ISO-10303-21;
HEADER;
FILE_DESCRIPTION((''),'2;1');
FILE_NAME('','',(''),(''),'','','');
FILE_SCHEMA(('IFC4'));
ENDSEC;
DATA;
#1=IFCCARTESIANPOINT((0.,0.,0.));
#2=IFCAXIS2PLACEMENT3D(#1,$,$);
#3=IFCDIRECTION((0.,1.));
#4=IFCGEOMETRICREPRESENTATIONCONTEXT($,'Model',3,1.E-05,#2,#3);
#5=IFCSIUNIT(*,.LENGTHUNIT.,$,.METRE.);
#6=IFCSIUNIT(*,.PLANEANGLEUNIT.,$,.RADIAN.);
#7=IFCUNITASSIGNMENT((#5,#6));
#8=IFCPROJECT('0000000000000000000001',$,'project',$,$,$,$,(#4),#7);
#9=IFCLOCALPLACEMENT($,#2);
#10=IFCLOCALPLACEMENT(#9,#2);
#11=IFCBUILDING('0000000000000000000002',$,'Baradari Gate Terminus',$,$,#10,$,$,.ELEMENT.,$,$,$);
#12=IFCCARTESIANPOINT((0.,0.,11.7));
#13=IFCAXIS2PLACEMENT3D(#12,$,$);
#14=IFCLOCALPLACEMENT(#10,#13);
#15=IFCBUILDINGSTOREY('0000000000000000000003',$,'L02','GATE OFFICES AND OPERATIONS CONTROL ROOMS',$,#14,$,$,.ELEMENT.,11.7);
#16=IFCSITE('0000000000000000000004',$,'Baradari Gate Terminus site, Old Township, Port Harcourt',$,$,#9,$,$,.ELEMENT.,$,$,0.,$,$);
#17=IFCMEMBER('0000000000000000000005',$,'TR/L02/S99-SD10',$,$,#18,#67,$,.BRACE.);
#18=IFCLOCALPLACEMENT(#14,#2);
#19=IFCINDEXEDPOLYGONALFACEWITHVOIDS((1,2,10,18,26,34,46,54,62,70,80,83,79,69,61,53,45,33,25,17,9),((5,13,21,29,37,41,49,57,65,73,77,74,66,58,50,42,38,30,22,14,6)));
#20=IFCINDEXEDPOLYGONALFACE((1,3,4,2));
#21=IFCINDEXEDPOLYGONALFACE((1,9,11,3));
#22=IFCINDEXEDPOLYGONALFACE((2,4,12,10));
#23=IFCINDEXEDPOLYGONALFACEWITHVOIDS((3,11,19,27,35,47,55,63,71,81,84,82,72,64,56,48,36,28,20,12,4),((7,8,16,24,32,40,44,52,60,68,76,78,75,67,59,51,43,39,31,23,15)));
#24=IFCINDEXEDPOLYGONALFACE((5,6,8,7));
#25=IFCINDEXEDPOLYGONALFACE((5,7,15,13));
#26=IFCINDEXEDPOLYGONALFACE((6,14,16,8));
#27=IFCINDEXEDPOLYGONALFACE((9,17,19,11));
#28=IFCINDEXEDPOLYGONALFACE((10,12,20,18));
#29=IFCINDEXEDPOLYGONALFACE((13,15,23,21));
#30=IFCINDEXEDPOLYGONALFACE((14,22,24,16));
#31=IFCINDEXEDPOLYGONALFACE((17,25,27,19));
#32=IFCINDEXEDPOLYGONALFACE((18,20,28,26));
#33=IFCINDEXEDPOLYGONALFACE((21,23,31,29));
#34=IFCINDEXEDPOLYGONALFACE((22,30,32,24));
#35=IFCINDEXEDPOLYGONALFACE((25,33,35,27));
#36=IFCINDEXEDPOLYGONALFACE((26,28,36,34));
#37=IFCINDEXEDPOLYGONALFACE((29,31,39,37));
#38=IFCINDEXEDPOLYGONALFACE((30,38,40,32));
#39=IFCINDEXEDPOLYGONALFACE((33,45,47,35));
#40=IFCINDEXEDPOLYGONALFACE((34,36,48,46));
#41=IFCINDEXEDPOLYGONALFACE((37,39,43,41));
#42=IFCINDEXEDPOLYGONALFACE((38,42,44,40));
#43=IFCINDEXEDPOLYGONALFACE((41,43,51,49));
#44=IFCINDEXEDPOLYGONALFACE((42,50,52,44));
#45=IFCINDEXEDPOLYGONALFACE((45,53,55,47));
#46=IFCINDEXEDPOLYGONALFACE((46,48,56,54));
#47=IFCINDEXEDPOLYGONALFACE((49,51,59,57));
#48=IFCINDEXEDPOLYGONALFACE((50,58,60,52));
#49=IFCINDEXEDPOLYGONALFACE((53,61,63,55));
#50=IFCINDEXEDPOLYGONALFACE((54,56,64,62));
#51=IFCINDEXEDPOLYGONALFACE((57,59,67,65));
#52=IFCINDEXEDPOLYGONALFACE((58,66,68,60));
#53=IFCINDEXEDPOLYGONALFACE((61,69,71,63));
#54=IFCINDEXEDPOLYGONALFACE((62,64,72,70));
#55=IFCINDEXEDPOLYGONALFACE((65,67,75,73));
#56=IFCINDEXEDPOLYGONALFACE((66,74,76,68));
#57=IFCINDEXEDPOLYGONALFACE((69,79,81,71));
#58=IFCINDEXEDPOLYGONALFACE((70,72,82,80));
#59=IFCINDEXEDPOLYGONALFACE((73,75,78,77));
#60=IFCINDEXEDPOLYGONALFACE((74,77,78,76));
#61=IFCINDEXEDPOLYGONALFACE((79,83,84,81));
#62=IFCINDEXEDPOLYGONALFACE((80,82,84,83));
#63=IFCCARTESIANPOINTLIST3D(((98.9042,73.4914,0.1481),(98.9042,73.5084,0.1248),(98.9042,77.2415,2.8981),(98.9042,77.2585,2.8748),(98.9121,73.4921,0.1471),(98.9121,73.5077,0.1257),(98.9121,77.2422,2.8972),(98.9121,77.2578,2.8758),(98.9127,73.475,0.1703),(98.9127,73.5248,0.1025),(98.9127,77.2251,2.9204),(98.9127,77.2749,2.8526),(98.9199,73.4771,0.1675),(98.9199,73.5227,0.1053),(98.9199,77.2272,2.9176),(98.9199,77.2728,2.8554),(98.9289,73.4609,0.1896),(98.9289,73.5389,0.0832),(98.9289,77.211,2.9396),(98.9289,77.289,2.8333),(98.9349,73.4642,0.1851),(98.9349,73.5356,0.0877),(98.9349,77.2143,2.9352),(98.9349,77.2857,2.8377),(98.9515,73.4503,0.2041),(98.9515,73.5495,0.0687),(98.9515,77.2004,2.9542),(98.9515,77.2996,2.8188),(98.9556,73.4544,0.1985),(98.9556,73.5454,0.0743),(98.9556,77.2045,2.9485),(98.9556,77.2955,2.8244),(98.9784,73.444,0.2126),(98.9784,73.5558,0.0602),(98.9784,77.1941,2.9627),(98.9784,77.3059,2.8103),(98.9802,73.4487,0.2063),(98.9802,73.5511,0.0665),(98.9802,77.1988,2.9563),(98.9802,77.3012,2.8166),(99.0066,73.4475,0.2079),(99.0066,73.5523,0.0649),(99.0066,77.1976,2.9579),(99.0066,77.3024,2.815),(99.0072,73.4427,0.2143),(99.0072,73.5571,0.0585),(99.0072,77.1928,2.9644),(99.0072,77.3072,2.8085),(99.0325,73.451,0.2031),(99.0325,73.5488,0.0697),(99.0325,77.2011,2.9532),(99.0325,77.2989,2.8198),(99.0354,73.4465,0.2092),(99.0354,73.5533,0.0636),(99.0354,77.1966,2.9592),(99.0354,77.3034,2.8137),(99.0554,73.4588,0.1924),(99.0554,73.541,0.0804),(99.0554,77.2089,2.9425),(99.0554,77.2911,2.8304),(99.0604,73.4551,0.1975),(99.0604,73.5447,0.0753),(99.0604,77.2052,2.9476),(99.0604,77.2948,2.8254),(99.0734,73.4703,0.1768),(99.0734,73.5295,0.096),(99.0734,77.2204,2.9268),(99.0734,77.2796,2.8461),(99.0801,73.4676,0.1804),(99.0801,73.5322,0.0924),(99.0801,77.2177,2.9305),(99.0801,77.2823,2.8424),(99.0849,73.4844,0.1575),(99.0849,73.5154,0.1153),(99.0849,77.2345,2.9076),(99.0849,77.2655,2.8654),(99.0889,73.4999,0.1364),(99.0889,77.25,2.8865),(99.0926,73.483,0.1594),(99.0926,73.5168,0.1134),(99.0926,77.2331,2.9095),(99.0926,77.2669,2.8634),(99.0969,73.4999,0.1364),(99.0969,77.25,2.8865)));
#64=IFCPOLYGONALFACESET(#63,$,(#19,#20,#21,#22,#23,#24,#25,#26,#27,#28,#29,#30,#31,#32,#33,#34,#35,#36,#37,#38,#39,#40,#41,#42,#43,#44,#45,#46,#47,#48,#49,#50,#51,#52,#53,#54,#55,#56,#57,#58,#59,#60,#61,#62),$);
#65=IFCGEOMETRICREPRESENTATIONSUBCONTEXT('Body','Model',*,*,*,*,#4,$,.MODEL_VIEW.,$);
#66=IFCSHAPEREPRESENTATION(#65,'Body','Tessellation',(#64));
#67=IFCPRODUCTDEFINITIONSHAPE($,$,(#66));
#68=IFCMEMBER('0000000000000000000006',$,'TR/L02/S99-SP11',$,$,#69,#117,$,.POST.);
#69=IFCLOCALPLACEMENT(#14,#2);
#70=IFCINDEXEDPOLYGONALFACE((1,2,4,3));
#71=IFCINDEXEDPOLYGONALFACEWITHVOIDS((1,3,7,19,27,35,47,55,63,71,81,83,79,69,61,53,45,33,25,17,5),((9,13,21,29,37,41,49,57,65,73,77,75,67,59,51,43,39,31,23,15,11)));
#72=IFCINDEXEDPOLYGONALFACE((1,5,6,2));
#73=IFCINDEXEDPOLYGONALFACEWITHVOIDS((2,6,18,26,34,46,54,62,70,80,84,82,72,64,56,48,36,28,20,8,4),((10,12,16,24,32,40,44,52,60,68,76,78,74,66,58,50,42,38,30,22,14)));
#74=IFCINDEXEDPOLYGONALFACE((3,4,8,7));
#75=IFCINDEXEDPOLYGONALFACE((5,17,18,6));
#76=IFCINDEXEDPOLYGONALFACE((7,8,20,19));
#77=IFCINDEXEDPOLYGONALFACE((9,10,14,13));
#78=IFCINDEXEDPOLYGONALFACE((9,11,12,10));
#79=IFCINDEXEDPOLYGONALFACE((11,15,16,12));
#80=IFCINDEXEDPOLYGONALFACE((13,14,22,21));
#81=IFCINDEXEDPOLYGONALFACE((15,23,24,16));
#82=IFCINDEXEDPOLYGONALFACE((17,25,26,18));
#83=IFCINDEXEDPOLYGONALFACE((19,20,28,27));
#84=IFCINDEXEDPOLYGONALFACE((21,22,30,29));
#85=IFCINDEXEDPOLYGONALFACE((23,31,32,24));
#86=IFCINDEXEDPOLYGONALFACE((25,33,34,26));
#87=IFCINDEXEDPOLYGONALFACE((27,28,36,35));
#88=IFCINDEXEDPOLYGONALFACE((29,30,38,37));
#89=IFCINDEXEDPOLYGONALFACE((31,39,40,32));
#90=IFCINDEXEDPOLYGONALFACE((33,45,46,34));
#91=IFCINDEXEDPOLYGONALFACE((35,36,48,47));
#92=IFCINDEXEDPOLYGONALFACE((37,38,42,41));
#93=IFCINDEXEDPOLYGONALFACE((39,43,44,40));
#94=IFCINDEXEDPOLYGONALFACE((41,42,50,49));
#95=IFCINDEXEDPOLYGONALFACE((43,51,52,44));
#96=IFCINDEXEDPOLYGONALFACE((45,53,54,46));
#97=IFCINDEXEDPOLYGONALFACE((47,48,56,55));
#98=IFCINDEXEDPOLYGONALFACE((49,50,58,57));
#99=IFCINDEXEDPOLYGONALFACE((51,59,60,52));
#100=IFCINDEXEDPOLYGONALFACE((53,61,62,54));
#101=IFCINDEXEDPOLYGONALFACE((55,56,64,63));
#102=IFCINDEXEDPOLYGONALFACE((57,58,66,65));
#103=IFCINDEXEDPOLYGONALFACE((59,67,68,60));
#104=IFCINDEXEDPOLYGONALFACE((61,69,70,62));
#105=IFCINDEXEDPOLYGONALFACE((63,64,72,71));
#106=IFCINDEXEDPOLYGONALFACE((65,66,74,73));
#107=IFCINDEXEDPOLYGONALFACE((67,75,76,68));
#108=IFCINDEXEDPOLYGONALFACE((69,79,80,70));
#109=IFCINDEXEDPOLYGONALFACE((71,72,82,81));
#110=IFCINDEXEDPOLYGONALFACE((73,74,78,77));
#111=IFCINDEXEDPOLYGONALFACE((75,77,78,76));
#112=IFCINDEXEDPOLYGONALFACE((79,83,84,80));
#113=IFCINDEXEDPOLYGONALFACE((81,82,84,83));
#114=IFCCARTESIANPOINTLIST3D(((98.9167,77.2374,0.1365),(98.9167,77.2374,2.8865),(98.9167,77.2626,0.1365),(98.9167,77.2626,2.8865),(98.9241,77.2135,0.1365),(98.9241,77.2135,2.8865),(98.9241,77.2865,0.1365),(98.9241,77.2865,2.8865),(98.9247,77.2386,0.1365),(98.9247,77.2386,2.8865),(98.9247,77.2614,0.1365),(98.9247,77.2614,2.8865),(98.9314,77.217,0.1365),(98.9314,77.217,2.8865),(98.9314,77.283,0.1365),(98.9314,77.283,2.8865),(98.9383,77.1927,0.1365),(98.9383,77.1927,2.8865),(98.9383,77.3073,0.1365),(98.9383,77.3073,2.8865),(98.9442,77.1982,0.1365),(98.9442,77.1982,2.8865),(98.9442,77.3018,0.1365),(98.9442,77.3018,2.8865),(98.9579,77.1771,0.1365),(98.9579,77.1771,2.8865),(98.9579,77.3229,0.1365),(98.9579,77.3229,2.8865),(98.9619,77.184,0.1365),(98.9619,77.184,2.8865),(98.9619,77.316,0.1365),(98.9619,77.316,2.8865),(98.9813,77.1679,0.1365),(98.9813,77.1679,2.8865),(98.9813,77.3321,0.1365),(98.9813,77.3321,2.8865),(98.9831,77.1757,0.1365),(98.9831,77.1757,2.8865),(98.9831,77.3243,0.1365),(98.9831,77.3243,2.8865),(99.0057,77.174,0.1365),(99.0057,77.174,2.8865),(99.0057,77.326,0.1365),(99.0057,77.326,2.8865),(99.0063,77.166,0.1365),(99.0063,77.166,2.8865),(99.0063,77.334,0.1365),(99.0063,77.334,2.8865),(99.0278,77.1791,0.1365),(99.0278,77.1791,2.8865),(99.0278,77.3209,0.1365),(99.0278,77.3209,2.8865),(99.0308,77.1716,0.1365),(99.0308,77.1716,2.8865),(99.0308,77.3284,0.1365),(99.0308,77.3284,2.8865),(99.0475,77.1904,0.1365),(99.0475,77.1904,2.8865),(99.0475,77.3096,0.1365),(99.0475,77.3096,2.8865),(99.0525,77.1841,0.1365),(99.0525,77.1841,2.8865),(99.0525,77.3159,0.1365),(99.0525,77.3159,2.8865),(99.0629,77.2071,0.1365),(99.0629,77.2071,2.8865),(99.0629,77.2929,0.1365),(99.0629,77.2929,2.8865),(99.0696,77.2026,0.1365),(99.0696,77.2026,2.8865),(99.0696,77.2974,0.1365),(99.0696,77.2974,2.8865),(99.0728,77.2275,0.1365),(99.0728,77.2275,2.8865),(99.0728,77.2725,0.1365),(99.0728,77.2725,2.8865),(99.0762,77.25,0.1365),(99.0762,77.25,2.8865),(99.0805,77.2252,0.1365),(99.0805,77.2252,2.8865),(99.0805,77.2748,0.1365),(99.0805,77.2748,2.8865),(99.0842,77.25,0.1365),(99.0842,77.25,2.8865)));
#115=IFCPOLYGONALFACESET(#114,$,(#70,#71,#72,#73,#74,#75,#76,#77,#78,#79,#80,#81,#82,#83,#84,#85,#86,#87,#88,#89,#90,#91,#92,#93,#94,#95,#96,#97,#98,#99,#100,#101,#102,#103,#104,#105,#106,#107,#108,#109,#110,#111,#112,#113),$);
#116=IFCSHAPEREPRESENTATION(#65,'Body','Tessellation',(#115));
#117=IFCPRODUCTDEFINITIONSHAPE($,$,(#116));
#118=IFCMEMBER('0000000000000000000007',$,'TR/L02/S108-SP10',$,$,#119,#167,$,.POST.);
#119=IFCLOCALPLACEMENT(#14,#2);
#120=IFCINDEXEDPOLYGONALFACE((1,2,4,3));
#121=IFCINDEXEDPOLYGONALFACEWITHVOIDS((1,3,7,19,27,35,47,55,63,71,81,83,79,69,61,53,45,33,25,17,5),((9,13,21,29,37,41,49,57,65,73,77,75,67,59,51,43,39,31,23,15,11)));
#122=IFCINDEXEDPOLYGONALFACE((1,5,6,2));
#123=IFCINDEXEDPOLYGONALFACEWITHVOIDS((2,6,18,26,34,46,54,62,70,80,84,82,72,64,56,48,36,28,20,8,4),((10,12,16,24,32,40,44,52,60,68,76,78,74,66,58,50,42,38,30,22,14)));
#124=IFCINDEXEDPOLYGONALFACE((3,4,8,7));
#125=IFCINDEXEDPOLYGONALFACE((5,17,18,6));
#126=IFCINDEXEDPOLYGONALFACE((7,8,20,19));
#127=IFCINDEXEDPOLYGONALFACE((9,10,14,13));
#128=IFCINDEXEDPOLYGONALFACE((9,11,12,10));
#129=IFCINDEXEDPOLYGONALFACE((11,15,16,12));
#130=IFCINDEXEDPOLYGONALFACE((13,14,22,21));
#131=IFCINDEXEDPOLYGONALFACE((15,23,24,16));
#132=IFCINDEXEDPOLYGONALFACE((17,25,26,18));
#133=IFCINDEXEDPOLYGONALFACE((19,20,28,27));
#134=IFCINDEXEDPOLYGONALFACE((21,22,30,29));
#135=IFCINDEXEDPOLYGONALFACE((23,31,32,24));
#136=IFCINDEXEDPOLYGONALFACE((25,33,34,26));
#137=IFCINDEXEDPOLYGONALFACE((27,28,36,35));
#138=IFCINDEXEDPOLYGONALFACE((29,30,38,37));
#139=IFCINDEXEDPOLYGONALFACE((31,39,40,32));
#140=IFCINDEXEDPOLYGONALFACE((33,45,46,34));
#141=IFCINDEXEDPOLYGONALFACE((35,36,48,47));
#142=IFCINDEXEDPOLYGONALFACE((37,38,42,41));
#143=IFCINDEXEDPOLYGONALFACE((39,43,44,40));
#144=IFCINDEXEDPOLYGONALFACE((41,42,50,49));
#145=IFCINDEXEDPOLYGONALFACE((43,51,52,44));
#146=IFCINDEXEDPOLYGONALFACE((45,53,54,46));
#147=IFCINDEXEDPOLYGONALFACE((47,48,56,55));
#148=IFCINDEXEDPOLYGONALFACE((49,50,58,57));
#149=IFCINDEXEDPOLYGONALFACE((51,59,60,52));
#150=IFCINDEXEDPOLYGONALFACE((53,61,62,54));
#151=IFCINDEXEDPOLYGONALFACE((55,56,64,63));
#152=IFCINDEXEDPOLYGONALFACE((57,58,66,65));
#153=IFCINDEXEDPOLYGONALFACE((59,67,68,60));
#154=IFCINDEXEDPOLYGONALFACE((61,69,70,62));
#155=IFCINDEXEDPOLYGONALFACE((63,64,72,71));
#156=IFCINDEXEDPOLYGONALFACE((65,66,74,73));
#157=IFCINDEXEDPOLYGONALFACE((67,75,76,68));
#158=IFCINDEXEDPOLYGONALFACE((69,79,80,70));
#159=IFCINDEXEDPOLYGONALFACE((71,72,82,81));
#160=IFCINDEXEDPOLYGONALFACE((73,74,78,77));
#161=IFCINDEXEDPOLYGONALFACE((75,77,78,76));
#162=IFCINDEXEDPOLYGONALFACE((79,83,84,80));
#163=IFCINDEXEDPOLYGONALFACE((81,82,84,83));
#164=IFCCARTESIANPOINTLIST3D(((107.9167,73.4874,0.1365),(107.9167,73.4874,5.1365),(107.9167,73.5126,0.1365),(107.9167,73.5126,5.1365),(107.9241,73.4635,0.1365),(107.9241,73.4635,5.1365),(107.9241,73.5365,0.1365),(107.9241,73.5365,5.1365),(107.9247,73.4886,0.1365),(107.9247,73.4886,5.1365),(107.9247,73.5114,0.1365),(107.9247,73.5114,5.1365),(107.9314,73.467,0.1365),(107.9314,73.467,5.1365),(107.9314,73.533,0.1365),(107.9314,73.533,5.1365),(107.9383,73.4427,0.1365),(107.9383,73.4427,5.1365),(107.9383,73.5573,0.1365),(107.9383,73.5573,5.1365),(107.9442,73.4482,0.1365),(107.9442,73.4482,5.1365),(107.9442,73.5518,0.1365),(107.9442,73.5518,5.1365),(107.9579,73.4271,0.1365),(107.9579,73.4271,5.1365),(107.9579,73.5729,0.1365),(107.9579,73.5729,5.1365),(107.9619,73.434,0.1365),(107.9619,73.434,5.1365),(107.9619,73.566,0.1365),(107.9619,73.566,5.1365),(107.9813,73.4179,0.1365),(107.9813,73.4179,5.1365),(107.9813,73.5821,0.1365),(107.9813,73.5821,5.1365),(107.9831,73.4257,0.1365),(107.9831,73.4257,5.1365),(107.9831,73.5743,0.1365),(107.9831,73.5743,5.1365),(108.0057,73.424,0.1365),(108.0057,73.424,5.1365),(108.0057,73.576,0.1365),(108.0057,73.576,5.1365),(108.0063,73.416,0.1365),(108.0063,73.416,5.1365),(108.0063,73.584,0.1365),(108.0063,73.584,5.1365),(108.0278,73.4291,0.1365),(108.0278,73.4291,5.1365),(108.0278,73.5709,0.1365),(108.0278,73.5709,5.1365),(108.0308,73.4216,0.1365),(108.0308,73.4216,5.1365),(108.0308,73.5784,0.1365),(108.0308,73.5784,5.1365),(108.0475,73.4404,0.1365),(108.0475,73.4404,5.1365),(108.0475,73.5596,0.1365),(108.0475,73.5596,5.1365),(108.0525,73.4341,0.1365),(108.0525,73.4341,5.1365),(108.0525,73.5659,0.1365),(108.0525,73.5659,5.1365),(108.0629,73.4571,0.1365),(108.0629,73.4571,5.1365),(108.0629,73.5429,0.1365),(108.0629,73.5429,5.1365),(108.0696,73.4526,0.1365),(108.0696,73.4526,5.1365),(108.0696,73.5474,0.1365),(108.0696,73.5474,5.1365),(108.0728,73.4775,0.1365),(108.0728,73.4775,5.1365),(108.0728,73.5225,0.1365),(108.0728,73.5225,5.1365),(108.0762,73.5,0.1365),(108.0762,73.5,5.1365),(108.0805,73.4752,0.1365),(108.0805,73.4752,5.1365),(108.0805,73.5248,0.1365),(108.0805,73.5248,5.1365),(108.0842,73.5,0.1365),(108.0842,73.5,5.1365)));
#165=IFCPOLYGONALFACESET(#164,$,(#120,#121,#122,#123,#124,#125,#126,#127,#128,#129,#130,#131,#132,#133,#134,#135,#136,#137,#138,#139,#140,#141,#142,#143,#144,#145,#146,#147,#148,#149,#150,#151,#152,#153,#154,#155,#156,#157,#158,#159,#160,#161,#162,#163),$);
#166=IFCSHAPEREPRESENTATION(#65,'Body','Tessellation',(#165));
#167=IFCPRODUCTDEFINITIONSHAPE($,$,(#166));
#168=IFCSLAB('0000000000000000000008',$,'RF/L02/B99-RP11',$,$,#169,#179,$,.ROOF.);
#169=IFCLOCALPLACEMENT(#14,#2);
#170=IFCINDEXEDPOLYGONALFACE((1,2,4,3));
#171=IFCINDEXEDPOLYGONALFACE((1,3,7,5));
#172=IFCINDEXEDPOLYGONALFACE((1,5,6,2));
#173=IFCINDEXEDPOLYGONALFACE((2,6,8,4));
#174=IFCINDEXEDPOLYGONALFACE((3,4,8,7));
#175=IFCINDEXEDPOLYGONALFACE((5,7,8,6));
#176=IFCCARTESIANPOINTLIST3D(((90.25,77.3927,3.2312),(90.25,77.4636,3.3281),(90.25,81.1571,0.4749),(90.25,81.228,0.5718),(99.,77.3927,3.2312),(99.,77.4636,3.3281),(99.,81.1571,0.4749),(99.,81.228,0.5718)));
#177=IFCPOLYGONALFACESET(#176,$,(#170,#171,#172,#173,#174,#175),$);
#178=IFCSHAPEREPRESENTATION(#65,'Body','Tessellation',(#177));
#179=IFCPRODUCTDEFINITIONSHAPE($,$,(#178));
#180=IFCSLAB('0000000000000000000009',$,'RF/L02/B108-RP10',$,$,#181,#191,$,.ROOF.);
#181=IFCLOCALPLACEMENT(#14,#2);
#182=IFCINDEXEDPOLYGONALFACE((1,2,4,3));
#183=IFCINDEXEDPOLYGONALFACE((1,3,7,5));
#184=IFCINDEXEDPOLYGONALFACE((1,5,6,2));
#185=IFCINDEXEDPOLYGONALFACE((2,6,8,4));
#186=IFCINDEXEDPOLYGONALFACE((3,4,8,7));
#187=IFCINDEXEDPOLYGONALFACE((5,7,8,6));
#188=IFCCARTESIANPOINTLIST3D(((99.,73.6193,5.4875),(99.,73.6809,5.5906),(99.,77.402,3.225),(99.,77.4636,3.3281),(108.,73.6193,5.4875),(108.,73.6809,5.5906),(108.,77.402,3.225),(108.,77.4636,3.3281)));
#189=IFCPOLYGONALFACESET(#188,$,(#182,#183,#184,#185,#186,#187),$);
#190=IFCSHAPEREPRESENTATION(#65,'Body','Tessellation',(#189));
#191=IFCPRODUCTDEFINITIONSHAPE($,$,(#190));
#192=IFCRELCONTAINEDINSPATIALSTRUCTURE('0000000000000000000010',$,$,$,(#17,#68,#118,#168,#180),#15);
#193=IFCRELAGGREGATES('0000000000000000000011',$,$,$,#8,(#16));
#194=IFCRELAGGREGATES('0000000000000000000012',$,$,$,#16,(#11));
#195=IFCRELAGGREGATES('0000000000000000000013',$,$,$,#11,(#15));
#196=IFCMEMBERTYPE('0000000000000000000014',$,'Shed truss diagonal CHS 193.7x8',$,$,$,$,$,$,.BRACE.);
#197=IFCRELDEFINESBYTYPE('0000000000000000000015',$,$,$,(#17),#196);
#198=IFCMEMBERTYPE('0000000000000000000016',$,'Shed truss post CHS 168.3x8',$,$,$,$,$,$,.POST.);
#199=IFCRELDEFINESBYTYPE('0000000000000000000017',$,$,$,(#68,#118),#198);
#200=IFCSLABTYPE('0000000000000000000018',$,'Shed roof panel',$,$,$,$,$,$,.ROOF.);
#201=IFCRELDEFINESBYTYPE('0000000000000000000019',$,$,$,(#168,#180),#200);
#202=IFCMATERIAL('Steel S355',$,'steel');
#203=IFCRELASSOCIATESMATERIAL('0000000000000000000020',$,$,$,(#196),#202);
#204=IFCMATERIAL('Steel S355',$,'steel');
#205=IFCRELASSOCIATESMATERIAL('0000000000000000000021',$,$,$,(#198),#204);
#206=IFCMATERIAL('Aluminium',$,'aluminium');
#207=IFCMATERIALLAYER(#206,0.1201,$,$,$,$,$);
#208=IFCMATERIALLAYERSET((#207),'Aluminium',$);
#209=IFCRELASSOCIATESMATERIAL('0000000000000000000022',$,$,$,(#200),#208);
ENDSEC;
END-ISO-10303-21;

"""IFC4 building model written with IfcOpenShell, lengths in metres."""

from ifc_helpers import new_model, si_unit, direction, frame, origin, origin_2d, place, context, subcontext, project, spatial, polyline, hollow_circle, outline, extrude, material, layer, layer_set, material_profile, profile_set, type_object, element, save


model = new_model("IFC4")

# Units and contexts
model_context = context("Model", 3, precision=1e-05, world=origin(), true_north=direction((0.0, 1.0)))
body_context = subcontext(model_context, "Body", "Model", "MODEL_VIEW")
ifc_project = project(units=[si_unit("LENGTHUNIT", "METRE"), si_unit("PLANEANGLEUNIT", "RADIAN")], contexts=[model_context])

# Site, building, storey
site_placement = place(None, origin())
site = spatial("IfcSite", under=ifc_project, at=site_placement, Name="Baradari Gate Terminus site, Old Township, Port Harcourt", CompositionType="ELEMENT", RefElevation=0.0)
building_placement = place(site_placement, origin())
building = spatial("IfcBuilding", under=site, at=building_placement, Name="Baradari Gate Terminus", CompositionType="ELEMENT")
storey_placement = place(building_placement, frame((0.0, 0.0, 11.7)))
storey = spatial("IfcBuildingStorey", under=building, at=storey_placement, Name="L02", Description="GATE OFFICES AND OPERATIONS CONTROL ROOMS", CompositionType="ELEMENT", Elevation=11.7)

# Members
ifc_material_1 = material(Name="Steel S355", Category="steel")
ifc_material_profile_1 = material_profile(ifc_material_1, hollow_circle(Radius=0.0969, WallThickness=0.0081, at=origin_2d()), Name="CHS 193.7x8")
ifc_profile_set_1 = profile_set([ifc_material_profile_1], Name="Steel S355")
member_type_1 = type_object("IfcMemberType", Name="Shed truss diagonal CHS 193.7x8", PredefinedType="BRACE", material=ifc_profile_set_1)
member_1_placement = place(storey_placement, frame((99.0, 77.25, 2.8865), z_axis=(0.0, -0.806405, -0.591364), x_axis=(1.0, 0.0, 0.0)))
element("IfcMember", 1, at=member_1_placement, inside=storey, type_object=member_type_1, Name="TR/L02/S99-SD10", PredefinedType="BRACE", context=body_context, shape_type="SweptSolid", body=[
    extrude(hollow_circle(Radius=0.0969, WallThickness=0.0081, at=origin_2d()), origin(), (0.0, 0.0, 1.0), 4.6504),
])
ifc_material_2 = material(Name="Steel S355", Category="steel")
ifc_material_profile_2 = material_profile(ifc_material_2, hollow_circle(Radius=0.0842, WallThickness=0.0081, at=origin_2d()), Name="CHS 168.3x8")
ifc_profile_set_2 = profile_set([ifc_material_profile_2], Name="Steel S355")
member_type_2 = type_object("IfcMemberType", Name="Shed truss post CHS 168.3x8", PredefinedType="POST", material=ifc_profile_set_2)
member_2_placement = place(storey_placement, frame((99.0, 77.25, 0.1365), z_axis=(0.0, 0.0, 1.0), x_axis=(1.0, 0.0, 0.0)))
element("IfcMember", 2, at=member_2_placement, inside=storey, type_object=member_type_2, Name="TR/L02/S99-SP11", PredefinedType="POST", context=body_context, shape_type="SweptSolid", body=[
    extrude(hollow_circle(Radius=0.0842, WallThickness=0.0081, at=origin_2d()), origin(), (0.0, 0.0, 1.0), 2.75),
])
member_3_placement = place(storey_placement, frame((108.0, 73.5, 0.1365), z_axis=(0.0, 0.0, 1.0), x_axis=(1.0, 0.0, 0.0)))
element("IfcMember", 3, at=member_3_placement, inside=storey, type_object=member_type_2, Name="TR/L02/S108-SP10", PredefinedType="POST", context=body_context, shape_type="SweptSolid", body=[
    extrude(hollow_circle(Radius=0.0842, WallThickness=0.0081, at=origin_2d()), origin(), (0.0, 0.0, 1.0), 5.0),
])

# Slabs
ifc_material_3 = material(Name="Aluminium", Category="aluminium")
ifc_layer_1 = layer(ifc_material_3, 0.1201)
ifc_layer_set_1 = layer_set([ifc_layer_1], Name="Aluminium")
slab_type = type_object("IfcSlabType", Name="Shed roof panel", PredefinedType="ROOF", material=ifc_layer_set_1)
slab_1_placement = place(storey_placement, frame((90.25, 77.4636, 3.3281), z_axis=(0.0, 0.590776, 0.806836), x_axis=(1.0, 0.0, 0.0)))
element("IfcSlab", 4, at=slab_1_placement, inside=storey, type_object=slab_type, Name="RF/L02/B99-RP11", PredefinedType="ROOF", context=body_context, shape_type="SweptSolid", body=[
    extrude(outline(polyline([(0.0, 0.0), (8.75, 0.0), (8.75, 4.6656), (0.0, 4.6656), (0.0, 0.0)])), origin(), (0.0, 0.0, -1.0), 0.1201),
])
slab_2_placement = place(storey_placement, frame((99.0, 73.6809, 5.5906), z_axis=(0.0, 0.513298, 0.858211), x_axis=(1.0, 0.0, 0.0)))
element("IfcSlab", 5, at=slab_2_placement, inside=storey, type_object=slab_type, Name="RF/L02/B108-RP10", PredefinedType="ROOF", context=body_context, shape_type="SweptSolid", body=[
    extrude(outline(polyline([(0.0, 0.0), (9.0, 0.0), (9.0, 4.4077), (0.0, 4.4077), (0.0, 0.0)])), origin(), (0.0, 0.0, -1.0), 0.1201),
])

save(model, "model.ifc")
